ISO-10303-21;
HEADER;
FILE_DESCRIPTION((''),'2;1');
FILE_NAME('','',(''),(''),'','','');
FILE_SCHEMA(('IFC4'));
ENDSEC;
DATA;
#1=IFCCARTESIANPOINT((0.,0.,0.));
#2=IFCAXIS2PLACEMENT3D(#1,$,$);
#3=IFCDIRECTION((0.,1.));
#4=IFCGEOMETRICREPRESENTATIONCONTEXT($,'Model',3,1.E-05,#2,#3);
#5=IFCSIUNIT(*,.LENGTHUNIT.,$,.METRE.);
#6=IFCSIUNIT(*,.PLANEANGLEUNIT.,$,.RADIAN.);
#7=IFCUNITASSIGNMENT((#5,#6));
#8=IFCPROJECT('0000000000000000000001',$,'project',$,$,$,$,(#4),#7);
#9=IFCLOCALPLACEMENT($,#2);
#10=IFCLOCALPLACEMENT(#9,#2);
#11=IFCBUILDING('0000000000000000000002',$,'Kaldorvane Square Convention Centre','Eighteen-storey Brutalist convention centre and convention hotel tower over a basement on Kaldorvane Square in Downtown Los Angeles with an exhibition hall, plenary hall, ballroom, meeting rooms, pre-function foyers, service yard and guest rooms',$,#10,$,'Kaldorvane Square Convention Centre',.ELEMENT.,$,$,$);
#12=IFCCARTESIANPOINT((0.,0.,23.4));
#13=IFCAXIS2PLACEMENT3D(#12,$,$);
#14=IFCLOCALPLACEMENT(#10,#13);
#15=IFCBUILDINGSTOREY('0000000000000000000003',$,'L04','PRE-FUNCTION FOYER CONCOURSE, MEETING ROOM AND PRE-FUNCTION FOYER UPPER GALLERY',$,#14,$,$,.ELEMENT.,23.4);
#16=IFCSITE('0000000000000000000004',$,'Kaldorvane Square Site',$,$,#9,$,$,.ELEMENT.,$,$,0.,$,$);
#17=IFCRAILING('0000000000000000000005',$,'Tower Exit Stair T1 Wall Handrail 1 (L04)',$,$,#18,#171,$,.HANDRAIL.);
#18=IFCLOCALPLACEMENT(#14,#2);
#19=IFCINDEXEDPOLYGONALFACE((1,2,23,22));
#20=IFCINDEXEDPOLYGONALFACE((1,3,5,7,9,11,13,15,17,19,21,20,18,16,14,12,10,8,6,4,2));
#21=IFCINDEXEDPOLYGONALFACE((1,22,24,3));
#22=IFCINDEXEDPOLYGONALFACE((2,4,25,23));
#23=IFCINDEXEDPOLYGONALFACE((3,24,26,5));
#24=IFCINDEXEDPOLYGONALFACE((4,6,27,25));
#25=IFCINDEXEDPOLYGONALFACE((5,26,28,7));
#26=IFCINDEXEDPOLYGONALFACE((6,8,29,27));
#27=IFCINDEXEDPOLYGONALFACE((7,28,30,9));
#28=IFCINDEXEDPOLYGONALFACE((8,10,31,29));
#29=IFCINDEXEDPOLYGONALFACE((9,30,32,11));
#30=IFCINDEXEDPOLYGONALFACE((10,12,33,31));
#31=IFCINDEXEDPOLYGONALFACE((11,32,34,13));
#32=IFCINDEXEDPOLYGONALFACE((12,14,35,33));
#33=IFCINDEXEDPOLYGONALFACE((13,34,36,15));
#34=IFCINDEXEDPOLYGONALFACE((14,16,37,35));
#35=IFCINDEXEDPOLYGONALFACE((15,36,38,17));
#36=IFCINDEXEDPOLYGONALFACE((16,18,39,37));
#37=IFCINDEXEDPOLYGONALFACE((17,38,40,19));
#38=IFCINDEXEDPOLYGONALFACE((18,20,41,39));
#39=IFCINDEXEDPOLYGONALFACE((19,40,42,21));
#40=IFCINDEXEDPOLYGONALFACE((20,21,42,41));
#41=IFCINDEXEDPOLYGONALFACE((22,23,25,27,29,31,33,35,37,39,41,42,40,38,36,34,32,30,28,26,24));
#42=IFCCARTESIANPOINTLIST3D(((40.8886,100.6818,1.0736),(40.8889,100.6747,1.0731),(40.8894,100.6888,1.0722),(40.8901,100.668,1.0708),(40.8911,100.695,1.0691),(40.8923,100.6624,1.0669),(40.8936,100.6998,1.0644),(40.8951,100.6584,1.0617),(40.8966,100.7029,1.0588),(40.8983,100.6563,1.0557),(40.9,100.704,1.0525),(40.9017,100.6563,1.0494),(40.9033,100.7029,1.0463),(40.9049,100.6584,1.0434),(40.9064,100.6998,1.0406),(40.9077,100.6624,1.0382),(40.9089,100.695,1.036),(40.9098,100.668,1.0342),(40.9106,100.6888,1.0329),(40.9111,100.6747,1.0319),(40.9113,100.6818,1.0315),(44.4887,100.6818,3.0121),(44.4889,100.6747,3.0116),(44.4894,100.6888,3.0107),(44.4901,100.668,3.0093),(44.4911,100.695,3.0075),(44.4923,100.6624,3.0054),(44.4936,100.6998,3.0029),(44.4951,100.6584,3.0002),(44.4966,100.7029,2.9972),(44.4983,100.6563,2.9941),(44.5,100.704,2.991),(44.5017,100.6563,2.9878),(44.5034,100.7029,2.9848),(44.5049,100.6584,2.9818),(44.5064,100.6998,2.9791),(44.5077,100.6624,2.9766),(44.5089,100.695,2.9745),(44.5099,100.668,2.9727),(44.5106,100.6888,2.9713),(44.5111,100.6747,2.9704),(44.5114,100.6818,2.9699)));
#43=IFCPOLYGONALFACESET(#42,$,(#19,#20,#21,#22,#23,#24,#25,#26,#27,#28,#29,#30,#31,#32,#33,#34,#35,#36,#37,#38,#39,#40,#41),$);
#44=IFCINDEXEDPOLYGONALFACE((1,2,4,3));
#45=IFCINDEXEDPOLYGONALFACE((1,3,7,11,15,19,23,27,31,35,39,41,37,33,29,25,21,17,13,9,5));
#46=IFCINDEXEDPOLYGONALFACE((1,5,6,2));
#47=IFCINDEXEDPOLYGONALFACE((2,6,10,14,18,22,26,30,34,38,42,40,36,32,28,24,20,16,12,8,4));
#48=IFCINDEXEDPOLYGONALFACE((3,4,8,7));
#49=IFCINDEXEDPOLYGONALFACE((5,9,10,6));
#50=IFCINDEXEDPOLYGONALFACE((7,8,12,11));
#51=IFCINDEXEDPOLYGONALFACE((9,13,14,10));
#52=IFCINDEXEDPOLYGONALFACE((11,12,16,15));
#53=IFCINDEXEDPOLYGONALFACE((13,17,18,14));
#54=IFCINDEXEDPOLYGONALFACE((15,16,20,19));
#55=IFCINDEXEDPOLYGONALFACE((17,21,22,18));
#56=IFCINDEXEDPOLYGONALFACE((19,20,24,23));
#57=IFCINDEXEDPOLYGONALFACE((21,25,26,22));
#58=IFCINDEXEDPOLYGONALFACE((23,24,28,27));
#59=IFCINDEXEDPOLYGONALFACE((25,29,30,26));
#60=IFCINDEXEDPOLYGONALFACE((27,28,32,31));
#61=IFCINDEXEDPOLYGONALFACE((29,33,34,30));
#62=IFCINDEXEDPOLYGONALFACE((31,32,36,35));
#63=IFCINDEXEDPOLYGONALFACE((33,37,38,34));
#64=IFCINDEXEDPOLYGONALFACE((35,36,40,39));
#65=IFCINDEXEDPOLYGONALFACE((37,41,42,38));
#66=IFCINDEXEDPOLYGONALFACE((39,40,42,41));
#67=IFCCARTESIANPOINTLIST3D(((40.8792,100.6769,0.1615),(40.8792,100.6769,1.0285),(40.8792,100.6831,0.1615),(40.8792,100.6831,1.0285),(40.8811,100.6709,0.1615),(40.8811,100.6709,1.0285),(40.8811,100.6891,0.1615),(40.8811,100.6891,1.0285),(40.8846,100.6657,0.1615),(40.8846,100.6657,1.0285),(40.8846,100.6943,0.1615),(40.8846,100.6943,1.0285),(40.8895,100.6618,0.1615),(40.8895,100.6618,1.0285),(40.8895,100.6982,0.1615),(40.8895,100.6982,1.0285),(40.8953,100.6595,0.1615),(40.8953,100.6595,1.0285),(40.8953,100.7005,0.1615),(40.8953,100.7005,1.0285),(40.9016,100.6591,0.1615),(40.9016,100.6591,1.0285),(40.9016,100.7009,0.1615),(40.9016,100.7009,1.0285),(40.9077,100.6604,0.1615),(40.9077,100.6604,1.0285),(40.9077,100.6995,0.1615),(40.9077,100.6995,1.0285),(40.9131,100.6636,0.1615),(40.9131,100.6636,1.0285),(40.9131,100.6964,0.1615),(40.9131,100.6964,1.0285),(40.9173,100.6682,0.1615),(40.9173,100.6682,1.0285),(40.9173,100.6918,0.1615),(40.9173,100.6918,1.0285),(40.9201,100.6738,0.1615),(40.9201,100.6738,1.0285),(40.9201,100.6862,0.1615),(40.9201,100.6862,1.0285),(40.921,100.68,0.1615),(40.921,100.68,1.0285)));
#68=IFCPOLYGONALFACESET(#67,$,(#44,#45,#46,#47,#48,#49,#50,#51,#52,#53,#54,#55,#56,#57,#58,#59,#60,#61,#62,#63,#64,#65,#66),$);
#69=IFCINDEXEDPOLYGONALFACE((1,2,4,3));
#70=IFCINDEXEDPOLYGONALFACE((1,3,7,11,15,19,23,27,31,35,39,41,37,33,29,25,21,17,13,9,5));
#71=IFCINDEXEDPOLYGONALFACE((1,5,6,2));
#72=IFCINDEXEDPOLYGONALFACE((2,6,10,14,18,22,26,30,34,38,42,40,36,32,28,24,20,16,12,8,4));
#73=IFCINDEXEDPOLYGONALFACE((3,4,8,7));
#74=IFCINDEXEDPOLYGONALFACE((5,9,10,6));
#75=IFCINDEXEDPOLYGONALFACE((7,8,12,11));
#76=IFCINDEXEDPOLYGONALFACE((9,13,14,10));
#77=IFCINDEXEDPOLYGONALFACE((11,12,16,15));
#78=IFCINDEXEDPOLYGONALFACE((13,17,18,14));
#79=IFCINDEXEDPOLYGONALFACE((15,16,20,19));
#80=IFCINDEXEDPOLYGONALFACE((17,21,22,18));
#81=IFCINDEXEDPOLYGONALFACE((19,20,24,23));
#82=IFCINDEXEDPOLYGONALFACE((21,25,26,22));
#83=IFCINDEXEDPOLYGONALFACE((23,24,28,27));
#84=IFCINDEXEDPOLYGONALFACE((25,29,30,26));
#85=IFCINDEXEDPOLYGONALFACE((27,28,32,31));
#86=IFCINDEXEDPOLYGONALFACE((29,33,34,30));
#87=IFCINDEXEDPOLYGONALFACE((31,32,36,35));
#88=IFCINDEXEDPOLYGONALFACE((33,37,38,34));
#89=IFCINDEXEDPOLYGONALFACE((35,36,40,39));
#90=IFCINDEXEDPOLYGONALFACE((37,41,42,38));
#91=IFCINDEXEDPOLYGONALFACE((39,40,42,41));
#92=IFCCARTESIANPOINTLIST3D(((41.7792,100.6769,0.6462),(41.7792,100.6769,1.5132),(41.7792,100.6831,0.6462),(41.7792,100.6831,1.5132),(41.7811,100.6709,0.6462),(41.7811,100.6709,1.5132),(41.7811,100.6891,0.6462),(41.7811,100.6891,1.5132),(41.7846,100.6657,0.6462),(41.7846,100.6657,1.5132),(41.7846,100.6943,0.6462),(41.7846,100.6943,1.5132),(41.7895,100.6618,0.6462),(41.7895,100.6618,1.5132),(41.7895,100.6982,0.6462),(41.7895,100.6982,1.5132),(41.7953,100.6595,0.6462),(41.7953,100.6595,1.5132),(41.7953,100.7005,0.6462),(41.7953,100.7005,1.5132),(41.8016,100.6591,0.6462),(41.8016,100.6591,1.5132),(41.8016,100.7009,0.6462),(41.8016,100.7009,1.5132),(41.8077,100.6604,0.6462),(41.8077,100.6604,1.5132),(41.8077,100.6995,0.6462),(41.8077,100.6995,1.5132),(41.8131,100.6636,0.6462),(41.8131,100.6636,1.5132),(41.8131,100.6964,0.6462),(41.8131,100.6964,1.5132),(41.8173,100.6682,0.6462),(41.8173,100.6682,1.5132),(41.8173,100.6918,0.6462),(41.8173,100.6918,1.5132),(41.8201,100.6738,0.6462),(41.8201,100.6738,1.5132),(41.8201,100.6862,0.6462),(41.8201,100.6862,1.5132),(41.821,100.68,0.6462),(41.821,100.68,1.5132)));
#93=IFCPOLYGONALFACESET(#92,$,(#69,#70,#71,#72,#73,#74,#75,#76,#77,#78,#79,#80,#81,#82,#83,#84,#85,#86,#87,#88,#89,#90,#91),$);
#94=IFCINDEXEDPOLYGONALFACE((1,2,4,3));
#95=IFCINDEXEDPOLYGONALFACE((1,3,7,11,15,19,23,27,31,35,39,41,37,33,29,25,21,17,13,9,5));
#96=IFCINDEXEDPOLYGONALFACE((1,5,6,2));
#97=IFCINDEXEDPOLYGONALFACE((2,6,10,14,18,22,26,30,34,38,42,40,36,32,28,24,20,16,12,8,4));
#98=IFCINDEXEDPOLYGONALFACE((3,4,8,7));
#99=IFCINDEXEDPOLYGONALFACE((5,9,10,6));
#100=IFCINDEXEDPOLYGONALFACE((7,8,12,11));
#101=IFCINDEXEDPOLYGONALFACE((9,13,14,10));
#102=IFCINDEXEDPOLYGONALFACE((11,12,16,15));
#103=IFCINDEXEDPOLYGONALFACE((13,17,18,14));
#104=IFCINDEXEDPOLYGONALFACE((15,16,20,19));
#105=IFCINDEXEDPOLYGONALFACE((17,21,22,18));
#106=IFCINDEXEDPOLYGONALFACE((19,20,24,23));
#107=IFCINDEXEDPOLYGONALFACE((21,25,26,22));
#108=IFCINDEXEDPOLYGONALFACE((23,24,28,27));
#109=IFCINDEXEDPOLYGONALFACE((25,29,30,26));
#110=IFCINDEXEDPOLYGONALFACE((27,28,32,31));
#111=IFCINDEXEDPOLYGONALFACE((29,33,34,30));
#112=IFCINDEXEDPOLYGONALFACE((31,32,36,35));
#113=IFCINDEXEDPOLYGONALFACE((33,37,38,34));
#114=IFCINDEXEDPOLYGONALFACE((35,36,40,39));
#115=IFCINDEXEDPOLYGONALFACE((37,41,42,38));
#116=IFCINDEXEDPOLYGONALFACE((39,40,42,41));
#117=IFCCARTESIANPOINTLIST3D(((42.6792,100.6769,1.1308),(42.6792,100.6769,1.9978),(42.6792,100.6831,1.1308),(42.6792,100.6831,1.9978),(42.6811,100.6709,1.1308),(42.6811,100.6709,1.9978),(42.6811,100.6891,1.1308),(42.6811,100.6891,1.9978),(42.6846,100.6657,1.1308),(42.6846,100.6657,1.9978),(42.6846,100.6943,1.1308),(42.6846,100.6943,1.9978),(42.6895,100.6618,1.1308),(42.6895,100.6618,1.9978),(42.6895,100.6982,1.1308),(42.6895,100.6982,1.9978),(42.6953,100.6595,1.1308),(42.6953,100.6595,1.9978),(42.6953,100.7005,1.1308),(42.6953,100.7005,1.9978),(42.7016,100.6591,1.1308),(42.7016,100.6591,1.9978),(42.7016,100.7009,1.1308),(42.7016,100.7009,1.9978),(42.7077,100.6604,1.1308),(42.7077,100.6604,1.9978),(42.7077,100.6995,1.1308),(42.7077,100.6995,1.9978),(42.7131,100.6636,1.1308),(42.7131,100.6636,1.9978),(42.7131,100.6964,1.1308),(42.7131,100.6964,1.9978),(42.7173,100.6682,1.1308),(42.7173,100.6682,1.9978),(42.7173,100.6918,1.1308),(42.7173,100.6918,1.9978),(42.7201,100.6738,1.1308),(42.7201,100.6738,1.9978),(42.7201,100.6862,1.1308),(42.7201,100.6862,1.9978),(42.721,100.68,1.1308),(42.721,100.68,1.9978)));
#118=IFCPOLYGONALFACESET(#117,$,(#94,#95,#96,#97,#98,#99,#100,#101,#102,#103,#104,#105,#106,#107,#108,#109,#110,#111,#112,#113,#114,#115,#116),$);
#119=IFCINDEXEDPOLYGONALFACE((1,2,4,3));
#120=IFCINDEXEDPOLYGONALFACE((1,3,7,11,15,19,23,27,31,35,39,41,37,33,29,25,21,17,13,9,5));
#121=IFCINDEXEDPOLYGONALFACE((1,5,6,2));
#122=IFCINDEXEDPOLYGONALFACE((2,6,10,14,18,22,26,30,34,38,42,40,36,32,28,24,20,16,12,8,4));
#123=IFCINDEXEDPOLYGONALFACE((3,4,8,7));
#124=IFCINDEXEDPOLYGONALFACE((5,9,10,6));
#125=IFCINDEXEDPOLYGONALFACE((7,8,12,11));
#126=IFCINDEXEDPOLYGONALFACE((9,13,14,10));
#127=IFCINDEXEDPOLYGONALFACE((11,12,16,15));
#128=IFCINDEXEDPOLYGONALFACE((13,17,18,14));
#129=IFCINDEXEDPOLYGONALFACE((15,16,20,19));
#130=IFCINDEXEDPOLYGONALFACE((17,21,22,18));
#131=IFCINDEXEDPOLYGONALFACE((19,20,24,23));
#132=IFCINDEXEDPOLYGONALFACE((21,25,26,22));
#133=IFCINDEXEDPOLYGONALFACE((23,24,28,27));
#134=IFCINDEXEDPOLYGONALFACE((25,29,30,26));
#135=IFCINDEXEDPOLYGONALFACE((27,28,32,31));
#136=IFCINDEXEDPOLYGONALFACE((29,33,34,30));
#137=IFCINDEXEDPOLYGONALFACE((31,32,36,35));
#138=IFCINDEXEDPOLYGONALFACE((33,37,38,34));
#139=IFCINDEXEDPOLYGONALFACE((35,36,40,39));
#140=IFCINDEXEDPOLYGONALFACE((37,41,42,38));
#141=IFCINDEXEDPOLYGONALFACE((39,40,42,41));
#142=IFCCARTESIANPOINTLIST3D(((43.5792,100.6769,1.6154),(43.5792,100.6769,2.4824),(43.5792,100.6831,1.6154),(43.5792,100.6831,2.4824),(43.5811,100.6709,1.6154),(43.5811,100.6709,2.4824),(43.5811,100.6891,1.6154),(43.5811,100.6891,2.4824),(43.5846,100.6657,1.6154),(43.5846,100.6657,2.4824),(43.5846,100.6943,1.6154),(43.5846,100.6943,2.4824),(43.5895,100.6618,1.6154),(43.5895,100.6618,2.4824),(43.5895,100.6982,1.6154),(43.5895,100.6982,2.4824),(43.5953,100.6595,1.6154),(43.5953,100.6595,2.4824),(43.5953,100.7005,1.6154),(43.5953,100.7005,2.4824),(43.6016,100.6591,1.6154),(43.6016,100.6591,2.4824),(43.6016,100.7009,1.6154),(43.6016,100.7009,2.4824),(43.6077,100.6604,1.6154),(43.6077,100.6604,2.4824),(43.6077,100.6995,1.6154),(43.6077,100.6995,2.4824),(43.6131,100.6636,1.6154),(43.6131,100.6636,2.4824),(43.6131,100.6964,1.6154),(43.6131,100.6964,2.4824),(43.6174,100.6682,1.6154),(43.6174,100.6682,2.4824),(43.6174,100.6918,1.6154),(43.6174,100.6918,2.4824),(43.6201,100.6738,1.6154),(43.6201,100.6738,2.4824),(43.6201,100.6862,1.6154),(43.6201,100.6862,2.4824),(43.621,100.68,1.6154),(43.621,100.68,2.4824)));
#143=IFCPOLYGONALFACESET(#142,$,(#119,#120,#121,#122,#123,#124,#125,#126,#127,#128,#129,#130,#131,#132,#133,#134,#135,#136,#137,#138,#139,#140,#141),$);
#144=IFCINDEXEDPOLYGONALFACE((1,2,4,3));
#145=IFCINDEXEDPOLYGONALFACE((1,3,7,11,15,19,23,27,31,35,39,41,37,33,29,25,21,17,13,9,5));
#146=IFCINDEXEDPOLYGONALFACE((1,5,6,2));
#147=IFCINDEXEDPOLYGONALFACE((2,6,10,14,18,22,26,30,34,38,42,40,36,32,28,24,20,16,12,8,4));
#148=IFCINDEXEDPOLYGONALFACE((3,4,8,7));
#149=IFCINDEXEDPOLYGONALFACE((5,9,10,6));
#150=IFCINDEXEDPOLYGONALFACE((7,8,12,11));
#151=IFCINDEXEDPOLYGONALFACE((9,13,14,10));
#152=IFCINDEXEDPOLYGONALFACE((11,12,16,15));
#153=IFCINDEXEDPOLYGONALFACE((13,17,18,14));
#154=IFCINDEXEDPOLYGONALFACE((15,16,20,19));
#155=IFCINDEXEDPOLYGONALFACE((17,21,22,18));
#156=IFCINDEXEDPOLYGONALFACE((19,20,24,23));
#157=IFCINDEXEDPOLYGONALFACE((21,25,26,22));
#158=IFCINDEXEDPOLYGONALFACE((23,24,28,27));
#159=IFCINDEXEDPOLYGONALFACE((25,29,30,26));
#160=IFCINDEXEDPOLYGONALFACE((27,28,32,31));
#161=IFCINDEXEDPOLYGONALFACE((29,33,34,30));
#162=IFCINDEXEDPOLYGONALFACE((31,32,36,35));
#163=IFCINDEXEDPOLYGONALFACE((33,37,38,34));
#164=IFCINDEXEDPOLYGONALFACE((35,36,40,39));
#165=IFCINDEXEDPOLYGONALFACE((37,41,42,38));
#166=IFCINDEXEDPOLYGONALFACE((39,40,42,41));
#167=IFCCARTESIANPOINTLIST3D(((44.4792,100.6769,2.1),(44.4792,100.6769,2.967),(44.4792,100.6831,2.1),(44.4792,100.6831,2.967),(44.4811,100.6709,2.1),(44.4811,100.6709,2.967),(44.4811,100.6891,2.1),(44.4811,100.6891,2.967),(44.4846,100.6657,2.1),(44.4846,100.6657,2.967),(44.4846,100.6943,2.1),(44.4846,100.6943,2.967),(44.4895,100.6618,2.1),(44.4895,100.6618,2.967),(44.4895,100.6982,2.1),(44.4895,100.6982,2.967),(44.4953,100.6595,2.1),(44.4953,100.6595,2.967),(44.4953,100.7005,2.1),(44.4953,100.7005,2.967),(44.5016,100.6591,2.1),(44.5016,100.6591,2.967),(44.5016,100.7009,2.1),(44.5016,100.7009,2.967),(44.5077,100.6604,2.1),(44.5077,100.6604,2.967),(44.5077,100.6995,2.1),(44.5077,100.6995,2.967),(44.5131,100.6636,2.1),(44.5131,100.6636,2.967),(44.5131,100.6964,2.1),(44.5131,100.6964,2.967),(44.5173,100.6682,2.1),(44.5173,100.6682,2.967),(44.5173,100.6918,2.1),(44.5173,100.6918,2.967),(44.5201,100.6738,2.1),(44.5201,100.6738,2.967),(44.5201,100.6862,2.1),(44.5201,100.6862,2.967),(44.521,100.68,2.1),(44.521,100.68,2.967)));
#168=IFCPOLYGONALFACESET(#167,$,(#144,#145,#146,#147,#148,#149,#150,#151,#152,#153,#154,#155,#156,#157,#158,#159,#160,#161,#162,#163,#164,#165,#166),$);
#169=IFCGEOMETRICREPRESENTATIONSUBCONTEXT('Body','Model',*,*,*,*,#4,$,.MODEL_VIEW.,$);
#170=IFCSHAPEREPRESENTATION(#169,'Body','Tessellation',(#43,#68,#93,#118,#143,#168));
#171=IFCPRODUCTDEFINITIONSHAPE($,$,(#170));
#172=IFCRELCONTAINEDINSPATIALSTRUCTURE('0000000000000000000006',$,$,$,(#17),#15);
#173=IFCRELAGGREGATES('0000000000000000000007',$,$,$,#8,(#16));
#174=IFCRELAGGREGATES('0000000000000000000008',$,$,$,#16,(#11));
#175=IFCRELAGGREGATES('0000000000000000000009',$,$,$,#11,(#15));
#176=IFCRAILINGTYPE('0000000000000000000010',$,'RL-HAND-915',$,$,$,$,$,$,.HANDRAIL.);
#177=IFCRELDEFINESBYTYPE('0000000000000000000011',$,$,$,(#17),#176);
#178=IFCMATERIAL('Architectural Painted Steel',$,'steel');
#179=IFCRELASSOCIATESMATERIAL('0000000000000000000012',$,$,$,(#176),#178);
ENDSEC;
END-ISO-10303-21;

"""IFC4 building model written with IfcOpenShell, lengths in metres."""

from ifc_helpers import new_model, si_unit, direction, frame, origin, origin_2d, place, context, subcontext, project, spatial, circle, extrude, material, type_object, element, save


model = new_model("IFC4")

# Units and contexts
model_context = context("Model", 3, precision=1e-05, world=origin(), true_north=direction((0.0, 1.0)))
body_context = subcontext(model_context, "Body", "Model", "MODEL_VIEW")
ifc_project = project(units=[si_unit("LENGTHUNIT", "METRE"), si_unit("PLANEANGLEUNIT", "RADIAN")], contexts=[model_context])

# Site, building, storey
site_placement = place(None, origin())
site = spatial("IfcSite", under=ifc_project, at=site_placement, Name="Kaldorvane Square Site", CompositionType="ELEMENT", RefElevation=0.0)
building_placement = place(site_placement, origin())
building = spatial("IfcBuilding", under=site, at=building_placement, Name="Kaldorvane Square Convention Centre", Description="Eighteen-storey Brutalist convention centre and convention hotel tower over a basement on Kaldorvane Square in Downtown Los Angeles with an exhibition hall, plenary hall, ballroom, meeting rooms, pre-function foyers, service yard and guest rooms", LongName="Kaldorvane Square Convention Centre", CompositionType="ELEMENT")
storey_placement = place(building_placement, frame((0.0, 0.0, 23.4)))
storey = spatial("IfcBuildingStorey", under=building, at=storey_placement, Name="L04", Description="PRE-FUNCTION FOYER CONCOURSE, MEETING ROOM AND PRE-FUNCTION FOYER UPPER GALLERY", CompositionType="ELEMENT", Elevation=23.4)

# Railing
ifc_material_1 = material(Name="Architectural Painted Steel", Category="steel")
railing_type_1 = type_object("IfcRailingType", Name="RL-HAND-915", PredefinedType="HANDRAIL", material=ifc_material_1)
railing_1_placement = place(storey_placement, frame((40.9, 100.68, 0.1615)))
element("IfcRailing", 1, at=railing_1_placement, inside=storey, type_object=railing_type_1, Name="Tower Exit Stair T1 Wall Handrail 1 (L04)", PredefinedType="HANDRAIL", context=body_context, shape_type="SweptSolid", body=[
    extrude(circle(Radius=0.024, at=origin_2d()), frame((0.0, 0.0, 0.891), z_axis=(0.880471, 0.0, 0.474099), x_axis=(0.0, 1.0, 0.0)), (0.0, 0.0, 1.0), 4.0887),
    extrude(circle(Radius=0.021, at=origin_2d()), origin(), (0.0, 0.0, 1.0), 0.867),
    extrude(circle(Radius=0.021, at=origin_2d()), frame((0.9, 0.0, 0.4846)), (0.0, 0.0, 1.0), 0.867),
    extrude(circle(Radius=0.021, at=origin_2d()), frame((1.8, 0.0, 0.9692)), (0.0, 0.0, 1.0), 0.867),
    extrude(circle(Radius=0.021, at=origin_2d()), frame((2.7, 0.0, 1.4538)), (0.0, 0.0, 1.0), 0.867),
    extrude(circle(Radius=0.021, at=origin_2d()), frame((3.6, 0.0, 1.9385)), (0.0, 0.0, 1.0), 0.867),
])

save(model, "model.ifc")
